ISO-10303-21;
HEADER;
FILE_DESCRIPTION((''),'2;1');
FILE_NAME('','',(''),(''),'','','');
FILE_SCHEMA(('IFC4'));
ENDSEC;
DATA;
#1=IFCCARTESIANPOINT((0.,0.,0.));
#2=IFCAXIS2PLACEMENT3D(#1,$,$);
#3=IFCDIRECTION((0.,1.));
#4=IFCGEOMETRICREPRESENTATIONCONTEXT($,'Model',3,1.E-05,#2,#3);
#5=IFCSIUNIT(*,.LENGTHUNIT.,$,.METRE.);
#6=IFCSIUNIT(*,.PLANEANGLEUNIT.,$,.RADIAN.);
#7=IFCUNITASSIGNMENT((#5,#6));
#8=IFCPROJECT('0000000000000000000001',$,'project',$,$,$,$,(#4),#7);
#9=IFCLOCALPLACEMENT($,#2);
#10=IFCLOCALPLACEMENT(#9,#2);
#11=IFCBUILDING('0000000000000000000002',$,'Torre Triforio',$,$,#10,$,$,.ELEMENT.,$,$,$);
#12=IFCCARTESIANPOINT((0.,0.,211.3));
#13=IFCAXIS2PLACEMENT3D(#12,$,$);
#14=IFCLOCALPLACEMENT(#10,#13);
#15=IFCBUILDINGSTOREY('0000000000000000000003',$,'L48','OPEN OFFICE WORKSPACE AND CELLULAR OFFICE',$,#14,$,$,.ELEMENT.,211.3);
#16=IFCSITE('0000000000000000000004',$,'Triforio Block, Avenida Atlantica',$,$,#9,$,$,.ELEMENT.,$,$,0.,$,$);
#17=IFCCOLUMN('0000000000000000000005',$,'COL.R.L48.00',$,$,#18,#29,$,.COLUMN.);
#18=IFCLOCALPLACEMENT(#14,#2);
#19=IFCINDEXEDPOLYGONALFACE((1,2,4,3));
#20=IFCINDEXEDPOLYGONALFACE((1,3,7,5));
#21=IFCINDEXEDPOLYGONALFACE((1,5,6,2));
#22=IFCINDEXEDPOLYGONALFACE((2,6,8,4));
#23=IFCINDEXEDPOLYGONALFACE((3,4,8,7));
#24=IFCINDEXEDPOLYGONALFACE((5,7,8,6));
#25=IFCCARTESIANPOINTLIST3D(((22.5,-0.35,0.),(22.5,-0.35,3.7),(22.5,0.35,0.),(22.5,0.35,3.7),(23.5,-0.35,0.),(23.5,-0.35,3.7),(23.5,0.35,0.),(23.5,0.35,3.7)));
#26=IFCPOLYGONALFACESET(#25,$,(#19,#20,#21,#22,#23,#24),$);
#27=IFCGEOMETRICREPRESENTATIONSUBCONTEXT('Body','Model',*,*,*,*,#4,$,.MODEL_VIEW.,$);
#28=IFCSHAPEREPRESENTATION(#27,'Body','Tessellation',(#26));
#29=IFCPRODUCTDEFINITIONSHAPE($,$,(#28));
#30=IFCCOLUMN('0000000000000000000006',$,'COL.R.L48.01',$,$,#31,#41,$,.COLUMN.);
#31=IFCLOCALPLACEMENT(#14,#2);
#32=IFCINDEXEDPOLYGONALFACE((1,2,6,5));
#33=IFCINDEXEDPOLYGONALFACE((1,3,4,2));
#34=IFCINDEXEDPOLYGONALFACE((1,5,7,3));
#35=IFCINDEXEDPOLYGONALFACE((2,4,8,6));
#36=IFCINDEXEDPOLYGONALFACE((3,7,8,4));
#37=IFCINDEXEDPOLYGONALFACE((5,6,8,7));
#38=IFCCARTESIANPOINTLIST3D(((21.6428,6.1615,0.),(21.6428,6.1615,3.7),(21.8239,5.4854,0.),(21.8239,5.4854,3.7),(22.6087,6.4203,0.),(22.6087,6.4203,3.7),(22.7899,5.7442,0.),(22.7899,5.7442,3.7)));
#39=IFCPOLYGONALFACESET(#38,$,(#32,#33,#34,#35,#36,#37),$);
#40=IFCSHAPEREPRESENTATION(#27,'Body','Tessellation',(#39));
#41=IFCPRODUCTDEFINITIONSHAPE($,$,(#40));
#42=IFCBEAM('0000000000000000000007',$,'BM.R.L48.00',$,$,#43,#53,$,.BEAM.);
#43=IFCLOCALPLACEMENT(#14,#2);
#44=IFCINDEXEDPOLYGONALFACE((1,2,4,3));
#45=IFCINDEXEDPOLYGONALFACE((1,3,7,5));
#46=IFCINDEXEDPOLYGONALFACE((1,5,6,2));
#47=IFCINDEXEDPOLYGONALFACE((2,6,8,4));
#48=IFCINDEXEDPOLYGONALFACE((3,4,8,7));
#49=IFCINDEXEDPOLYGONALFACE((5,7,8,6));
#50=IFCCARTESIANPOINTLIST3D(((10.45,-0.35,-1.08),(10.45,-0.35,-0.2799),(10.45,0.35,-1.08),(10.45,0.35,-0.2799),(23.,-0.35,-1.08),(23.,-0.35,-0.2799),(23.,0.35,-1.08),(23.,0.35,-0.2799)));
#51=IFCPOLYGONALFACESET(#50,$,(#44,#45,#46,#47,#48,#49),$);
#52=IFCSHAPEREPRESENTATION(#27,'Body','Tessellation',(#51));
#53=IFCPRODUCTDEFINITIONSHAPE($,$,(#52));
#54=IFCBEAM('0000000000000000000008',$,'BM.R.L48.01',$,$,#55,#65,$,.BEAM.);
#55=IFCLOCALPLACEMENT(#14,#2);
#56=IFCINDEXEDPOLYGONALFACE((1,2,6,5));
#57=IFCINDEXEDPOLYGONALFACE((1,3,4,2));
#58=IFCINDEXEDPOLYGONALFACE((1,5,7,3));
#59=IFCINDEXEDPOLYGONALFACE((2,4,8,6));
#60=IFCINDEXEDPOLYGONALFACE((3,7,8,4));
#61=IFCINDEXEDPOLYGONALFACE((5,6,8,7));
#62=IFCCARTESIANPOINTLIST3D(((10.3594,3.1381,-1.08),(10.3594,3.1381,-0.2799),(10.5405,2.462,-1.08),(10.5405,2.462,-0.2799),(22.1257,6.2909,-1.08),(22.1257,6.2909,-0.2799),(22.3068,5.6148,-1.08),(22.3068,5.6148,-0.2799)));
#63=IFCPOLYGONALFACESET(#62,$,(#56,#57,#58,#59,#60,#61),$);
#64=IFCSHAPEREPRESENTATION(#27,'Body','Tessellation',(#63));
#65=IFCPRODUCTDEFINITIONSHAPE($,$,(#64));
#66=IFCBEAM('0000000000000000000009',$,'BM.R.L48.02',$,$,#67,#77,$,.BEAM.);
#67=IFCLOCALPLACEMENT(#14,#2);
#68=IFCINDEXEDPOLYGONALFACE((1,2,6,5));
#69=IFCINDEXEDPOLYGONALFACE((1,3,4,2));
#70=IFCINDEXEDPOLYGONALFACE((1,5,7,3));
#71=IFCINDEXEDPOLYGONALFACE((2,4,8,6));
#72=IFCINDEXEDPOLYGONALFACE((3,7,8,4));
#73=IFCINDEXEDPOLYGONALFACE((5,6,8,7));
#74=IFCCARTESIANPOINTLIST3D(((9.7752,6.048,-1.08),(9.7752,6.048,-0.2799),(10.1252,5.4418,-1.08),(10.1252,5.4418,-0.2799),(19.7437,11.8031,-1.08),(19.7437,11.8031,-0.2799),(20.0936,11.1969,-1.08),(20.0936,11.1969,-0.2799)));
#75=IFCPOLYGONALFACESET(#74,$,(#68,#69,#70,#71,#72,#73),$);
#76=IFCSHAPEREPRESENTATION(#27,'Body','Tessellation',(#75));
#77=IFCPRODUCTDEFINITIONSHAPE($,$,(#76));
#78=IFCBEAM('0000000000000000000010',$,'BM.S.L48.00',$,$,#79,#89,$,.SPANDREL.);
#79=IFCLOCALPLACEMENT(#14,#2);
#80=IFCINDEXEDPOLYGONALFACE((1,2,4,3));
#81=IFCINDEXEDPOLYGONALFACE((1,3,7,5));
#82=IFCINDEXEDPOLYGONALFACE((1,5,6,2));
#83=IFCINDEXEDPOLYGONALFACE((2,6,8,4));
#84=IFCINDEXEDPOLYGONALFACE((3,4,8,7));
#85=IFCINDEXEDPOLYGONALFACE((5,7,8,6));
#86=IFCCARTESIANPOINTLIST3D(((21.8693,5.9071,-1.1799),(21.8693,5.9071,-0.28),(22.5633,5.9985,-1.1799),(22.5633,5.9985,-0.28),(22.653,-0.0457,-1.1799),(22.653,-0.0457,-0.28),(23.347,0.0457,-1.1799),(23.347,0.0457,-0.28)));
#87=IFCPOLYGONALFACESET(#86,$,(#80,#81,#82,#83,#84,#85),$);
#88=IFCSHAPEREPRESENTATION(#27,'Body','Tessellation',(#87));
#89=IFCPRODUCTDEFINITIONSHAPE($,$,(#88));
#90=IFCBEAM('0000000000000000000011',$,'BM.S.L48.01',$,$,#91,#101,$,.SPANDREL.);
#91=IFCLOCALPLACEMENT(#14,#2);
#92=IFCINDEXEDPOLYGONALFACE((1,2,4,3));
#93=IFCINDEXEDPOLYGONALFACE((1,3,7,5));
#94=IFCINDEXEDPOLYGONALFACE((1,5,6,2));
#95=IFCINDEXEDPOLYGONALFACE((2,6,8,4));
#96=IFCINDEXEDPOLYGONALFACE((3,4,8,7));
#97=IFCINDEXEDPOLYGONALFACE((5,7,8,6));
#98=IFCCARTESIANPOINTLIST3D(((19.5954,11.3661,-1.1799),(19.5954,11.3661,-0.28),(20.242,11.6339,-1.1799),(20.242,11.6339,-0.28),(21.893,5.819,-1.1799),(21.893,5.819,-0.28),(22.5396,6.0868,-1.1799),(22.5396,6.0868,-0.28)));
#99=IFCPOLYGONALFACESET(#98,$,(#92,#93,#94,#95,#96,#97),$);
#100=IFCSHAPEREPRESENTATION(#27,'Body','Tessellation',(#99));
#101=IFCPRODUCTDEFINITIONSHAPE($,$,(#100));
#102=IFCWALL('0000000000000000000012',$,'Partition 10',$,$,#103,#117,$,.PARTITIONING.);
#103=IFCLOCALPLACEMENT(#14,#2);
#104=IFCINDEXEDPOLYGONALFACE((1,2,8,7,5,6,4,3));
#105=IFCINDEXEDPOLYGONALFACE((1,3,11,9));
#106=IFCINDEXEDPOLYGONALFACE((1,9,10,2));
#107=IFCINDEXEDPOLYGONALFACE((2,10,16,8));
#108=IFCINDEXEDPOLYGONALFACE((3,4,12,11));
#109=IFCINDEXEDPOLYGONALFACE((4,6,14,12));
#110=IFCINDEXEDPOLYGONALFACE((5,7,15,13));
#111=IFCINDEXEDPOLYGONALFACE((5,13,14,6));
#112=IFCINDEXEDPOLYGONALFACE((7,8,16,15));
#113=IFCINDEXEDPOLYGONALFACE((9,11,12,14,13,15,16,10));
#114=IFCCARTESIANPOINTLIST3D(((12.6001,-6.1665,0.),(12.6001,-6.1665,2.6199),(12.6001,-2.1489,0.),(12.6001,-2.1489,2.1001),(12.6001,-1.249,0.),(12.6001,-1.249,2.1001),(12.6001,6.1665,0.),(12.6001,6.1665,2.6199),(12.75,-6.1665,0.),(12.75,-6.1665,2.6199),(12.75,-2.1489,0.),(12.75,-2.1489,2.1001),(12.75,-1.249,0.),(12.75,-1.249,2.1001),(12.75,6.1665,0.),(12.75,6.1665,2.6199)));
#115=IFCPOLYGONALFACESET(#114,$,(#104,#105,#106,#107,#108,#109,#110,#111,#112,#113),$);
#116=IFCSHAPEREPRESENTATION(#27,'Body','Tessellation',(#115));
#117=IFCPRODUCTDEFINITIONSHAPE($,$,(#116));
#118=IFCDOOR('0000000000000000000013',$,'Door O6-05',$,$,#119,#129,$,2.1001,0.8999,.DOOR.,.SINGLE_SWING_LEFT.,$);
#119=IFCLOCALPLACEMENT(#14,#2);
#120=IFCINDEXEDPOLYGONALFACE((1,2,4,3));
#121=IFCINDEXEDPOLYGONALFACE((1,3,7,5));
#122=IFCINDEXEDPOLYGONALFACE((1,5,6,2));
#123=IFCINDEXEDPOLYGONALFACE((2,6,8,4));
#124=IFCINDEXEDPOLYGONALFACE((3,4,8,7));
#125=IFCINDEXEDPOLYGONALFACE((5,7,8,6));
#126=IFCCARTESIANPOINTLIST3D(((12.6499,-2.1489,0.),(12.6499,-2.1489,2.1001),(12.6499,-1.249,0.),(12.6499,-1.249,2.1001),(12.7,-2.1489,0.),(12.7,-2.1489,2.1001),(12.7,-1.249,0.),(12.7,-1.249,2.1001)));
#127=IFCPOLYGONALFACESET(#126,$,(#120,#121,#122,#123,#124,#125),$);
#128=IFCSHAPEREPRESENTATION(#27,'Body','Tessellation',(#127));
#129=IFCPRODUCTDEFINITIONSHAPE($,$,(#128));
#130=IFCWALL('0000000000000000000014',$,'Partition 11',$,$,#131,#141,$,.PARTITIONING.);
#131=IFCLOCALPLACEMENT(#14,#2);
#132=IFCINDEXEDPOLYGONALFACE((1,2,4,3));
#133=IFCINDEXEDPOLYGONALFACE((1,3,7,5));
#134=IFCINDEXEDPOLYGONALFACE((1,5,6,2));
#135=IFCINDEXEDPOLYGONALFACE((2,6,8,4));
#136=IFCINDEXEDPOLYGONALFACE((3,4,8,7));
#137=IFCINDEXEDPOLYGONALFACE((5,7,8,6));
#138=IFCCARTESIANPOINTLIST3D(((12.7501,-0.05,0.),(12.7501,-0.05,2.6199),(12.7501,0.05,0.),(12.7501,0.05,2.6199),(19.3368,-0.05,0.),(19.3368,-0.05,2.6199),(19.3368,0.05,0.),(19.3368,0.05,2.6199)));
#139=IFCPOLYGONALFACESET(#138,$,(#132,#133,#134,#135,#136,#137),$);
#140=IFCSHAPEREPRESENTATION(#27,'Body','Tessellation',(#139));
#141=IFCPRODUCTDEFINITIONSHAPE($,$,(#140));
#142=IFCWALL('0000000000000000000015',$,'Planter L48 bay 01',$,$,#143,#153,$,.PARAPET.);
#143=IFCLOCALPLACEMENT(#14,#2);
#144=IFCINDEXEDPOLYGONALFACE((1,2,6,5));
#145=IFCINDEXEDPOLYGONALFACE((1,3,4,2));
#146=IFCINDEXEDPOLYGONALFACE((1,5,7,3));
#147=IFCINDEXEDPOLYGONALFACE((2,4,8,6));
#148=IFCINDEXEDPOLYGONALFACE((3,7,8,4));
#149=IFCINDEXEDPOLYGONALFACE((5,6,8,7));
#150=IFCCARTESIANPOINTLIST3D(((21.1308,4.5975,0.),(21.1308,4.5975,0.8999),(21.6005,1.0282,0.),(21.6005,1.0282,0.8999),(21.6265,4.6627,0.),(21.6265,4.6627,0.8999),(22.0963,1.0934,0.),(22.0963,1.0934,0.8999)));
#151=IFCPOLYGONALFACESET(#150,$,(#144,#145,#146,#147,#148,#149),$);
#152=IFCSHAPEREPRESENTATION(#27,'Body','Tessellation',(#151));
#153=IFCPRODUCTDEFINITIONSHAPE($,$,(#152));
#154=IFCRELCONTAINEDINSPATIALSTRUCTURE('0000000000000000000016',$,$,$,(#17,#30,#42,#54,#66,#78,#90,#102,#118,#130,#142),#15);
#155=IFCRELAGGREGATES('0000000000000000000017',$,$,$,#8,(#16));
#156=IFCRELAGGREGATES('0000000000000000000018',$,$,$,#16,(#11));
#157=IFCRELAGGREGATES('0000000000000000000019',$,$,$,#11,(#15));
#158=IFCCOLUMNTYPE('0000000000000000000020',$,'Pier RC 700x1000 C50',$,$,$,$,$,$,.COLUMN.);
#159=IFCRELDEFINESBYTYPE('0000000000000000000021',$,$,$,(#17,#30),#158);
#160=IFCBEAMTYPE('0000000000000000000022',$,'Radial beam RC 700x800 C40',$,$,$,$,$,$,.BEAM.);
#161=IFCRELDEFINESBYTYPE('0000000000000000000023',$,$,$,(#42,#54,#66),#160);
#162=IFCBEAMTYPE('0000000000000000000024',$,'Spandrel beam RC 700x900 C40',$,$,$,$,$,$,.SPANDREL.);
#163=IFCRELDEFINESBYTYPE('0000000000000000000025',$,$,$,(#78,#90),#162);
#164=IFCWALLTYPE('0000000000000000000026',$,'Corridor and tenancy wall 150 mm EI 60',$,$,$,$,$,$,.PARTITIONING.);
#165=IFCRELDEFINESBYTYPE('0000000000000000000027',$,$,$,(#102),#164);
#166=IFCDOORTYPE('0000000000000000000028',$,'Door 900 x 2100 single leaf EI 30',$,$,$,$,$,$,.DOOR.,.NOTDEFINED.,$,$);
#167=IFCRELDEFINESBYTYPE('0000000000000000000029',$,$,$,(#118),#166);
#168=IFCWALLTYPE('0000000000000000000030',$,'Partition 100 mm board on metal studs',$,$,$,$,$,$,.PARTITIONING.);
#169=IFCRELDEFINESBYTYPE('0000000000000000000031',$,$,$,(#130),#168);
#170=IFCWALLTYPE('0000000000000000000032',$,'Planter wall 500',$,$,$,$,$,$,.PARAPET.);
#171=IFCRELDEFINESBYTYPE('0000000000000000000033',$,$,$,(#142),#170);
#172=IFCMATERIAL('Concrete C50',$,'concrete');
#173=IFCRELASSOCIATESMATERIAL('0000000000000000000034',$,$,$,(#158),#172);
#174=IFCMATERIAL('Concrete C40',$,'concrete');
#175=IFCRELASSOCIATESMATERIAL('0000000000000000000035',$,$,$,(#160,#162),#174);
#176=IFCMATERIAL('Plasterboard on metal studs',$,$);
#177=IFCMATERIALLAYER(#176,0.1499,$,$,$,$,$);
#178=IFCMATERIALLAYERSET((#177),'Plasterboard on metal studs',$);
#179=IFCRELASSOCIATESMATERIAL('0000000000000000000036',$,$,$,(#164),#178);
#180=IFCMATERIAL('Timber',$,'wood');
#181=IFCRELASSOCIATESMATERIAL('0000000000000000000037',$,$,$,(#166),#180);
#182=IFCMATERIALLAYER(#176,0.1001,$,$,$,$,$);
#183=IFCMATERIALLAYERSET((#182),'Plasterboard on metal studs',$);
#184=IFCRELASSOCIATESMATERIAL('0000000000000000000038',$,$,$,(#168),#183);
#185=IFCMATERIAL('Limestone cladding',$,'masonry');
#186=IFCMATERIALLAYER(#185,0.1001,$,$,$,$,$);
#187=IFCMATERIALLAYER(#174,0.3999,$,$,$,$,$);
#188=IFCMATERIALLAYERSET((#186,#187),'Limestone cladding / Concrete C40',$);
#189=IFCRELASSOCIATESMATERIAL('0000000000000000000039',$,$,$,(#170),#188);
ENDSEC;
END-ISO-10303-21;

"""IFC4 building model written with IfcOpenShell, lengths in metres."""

from ifc_helpers import new_model, si_unit, direction, frame, frame_2d, origin, origin_2d, place, context, subcontext, project, spatial, rectangle, extrude, material, layer, layer_set, material_profile, profile_set, type_object, element, fill, save


model = new_model("IFC4")

# Units and contexts
model_context = context("Model", 3, precision=1e-05, world=origin(), true_north=direction((0.0, 1.0)))
body_context = subcontext(model_context, "Body", "Model", "MODEL_VIEW")
ifc_project = project(units=[si_unit("LENGTHUNIT", "METRE"), si_unit("PLANEANGLEUNIT", "RADIAN")], contexts=[model_context])

# Site, building, storey
site_placement = place(None, origin())
site = spatial("IfcSite", under=ifc_project, at=site_placement, Name="Triforio Block, Avenida Atlantica", CompositionType="ELEMENT", RefElevation=0.0)
building_placement = place(site_placement, origin())
building = spatial("IfcBuilding", under=site, at=building_placement, Name="Torre Triforio", CompositionType="ELEMENT")
storey_placement = place(building_placement, frame((0.0, 0.0, 211.3)))
storey = spatial("IfcBuildingStorey", under=building, at=storey_placement, Name="L48", Description="OPEN OFFICE WORKSPACE AND CELLULAR OFFICE", CompositionType="ELEMENT", Elevation=211.3)

# Columns
ifc_material_1 = material(Name="Concrete C50", Category="concrete")
ifc_material_profile_1 = material_profile(ifc_material_1, rectangle(XDim=0.7, YDim=1.0, at=origin_2d()), Name="RC 700x1000")
ifc_profile_set_1 = profile_set([ifc_material_profile_1], Name="Concrete C50")
column_type = type_object("IfcColumnType", Name="Pier RC 700x1000 C50", PredefinedType="COLUMN", material=ifc_profile_set_1)
for number, where, z_axis, x_axis, name in (
    (1, (23.0, 0.0, 0.0), (0.0, 0.0, 1.0), (0.0, 1.0, 0.0), "COL.R.L48.00"),
    (2, (22.2163, 5.9529, 0.0), (0.0, 0.0, 1.0), (-0.258819, 0.965926, 0.0), "COL.R.L48.01"),
):
    element("IfcColumn", number, at=place(storey_placement, frame(where, z_axis=z_axis, x_axis=x_axis)), inside=storey, type_object=column_type, Name=name, PredefinedType="COLUMN", context=body_context, shape_type="SweptSolid", body=[
        extrude(rectangle(XDim=0.7, YDim=1.0, at=origin_2d()), origin(), (0.0, 0.0, 1.0), 3.7),
    ])

# Beams
ifc_material_2 = material(Name="Concrete C40", Category="concrete")
ifc_material_profile_2 = material_profile(ifc_material_2, rectangle(XDim=0.7, YDim=0.8, at=origin_2d()), Name="RC 700x800")
ifc_profile_set_2 = profile_set([ifc_material_profile_2], Name="Concrete C40")
beam_type_1 = type_object("IfcBeamType", Name="Radial beam RC 700x800 C40", PredefinedType="BEAM", material=ifc_profile_set_2)
beam_1_placement = place(storey_placement, frame((10.45, 0.0, -0.6799), z_axis=(1.0, 0.0, 0.0), x_axis=(0.0, 1.0, 0.0)))
element("IfcBeam", 3, at=beam_1_placement, inside=storey, type_object=beam_type_1, Name="BM.R.L48.00", PredefinedType="BEAM", context=body_context, shape_type="SweptSolid", body=[
    extrude(rectangle(XDim=0.7, YDim=0.8, at=origin_2d()), origin(), (0.0, 0.0, 1.0), 12.55),
])
beam_2_placement = place(storey_placement, frame((10.45, 2.8, -0.6799), z_axis=(0.965925, 0.258823, 0.0), x_axis=(-0.258823, 0.965925, 0.0)))
element("IfcBeam", 4, at=beam_2_placement, inside=storey, type_object=beam_type_1, Name="BM.R.L48.01", PredefinedType="BEAM", context=body_context, shape_type="SweptSolid", body=[
    extrude(rectangle(XDim=0.7, YDim=0.8, at=origin_2d()), origin(), (0.0, 0.0, 1.0), 12.1814),
])
beam_3_placement = place(storey_placement, frame((9.9502, 5.7449, -0.6799), z_axis=(0.866033, 0.499987, 0.0), x_axis=(-0.499987, 0.866033, 0.0)))
element("IfcBeam", 5, at=beam_3_placement, inside=storey, type_object=beam_type_1, Name="BM.R.L48.02", PredefinedType="BEAM", context=body_context, shape_type="SweptSolid", body=[
    extrude(rectangle(XDim=0.7, YDim=0.8, at=origin_2d()), origin(), (0.0, 0.0, 1.0), 11.5105),
])
ifc_material_profile_3 = material_profile(ifc_material_2, rectangle(XDim=0.7, YDim=0.8999, at=origin_2d()), Name="RC 700x900")
ifc_profile_set_3 = profile_set([ifc_material_profile_3], Name="Concrete C40")
beam_type_2 = type_object("IfcBeamType", Name="Spandrel beam RC 700x900 C40", PredefinedType="SPANDREL", material=ifc_profile_set_3)
for number, where, z_axis, x_axis, name in (
    (6, (23.0, 0.0, -0.73), (-0.130523, 0.991445, 0.0), (-0.991445, -0.130523, 0.0), "BM.S.L48.00"),
    (7, (22.2163, 5.9529, -0.73), (-0.382671, 0.923885, 0.0), (-0.923885, -0.382671, 0.0), "BM.S.L48.01"),
):
    element("IfcBeam", number, at=place(storey_placement, frame(where, z_axis=z_axis, x_axis=x_axis)), inside=storey, type_object=beam_type_2, Name=name, PredefinedType="SPANDREL", context=body_context, shape_type="SweptSolid", body=[
        extrude(rectangle(XDim=0.7, YDim=0.8999, at=origin_2d()), origin(), (0.0, 0.0, 1.0), 6.0042),
    ])

# Wall, opening, door
ifc_material_3 = material(Name="Plasterboard on metal studs")
ifc_layer_1 = layer(ifc_material_3, 0.1499)
ifc_layer_set_1 = layer_set([ifc_layer_1], Name="Plasterboard on metal studs")
wall_type_1 = type_object("IfcWallType", Name="Corridor and tenancy wall 150 mm EI 60", PredefinedType="PARTITIONING", material=ifc_layer_set_1)
wall_1_placement = place(storey_placement, frame((12.675, 6.1665, 0.0), z_axis=(0.0, 0.0, 1.0), x_axis=(0.0, -1.0, 0.0)))
wall_1 = element("IfcWall", 8, at=wall_1_placement, inside=storey, type_object=wall_type_1, Name="Partition 10", PredefinedType="PARTITIONING", context=body_context, shape_type="SweptSolid", body=[
    extrude(rectangle(XDim=12.333, YDim=0.1499, at=frame_2d((6.1665, 0.0))), origin(), (0.0, 0.0, 1.0), 2.6199),
])
opening_1_placement = place(wall_1_placement, frame((7.4155, 0.0, 0.0)))
opening_1 = element("IfcOpeningElement", 9, at=opening_1_placement, cuts=wall_1, PredefinedType="OPENING", context=body_context, shape_type="SweptSolid", body=[
    extrude(rectangle(XDim=0.8999, YDim=2.1001, at=frame_2d((0.45, 1.05))), frame((0.0, 0.085, 0.0), z_axis=(0.0, -1.0, 0.0), x_axis=(1.0, 0.0, 0.0)), (0.0, 0.0, 1.0), 0.1699),
])
ifc_material_4 = material(Name="Timber", Category="wood")
door_type_1 = type_object("IfcDoorType", Name="Door 900 x 2100 single leaf EI 30", OperationType="NOTDEFINED", PredefinedType="DOOR", material=ifc_material_4)
door_1_placement = place(opening_1_placement, origin())
door_1 = element("IfcDoor", 10, at=door_1_placement, inside=storey, type_object=door_type_1, Name="Door O6-05", OperationType="SINGLE_SWING_LEFT", OverallHeight=2.1001, OverallWidth=0.8999, PredefinedType="DOOR", context=body_context, shape_type="SweptSolid", body=[
    extrude(rectangle(XDim=0.8999, YDim=2.1001, at=frame_2d((0.45, 1.05))), frame((0.0, 0.0249, 0.0), z_axis=(0.0, -1.0, 0.0), x_axis=(1.0, 0.0, 0.0)), (0.0, 0.0, 1.0), 0.05),
])
fill(opening_1, door_1)

# Walls
ifc_layer_2 = layer(ifc_material_3, 0.1001)
ifc_layer_set_2 = layer_set([ifc_layer_2], Name="Plasterboard on metal studs")
wall_type_2 = type_object("IfcWallType", Name="Partition 100 mm board on metal studs", PredefinedType="PARTITIONING", material=ifc_layer_set_2)
wall_2_placement = place(storey_placement, frame((12.75, 0.0, 0.0), z_axis=(0.0, 0.0, 1.0), x_axis=(1.0, 0.0, 0.0)))
element("IfcWall", 11, at=wall_2_placement, inside=storey, type_object=wall_type_2, Name="Partition 11", PredefinedType="PARTITIONING", context=body_context, shape_type="SweptSolid", body=[
    extrude(rectangle(XDim=6.5867, YDim=0.1001, at=frame_2d((3.2935, 0.0))), origin(), (0.0, 0.0, 1.0), 2.6199),
])
ifc_material_5 = material(Name="Limestone cladding", Category="masonry")
ifc_layer_3 = layer(ifc_material_5, 0.1001)
ifc_layer_4 = layer(ifc_material_2, 0.3999)
ifc_layer_set_3 = layer_set([ifc_layer_3, ifc_layer_4], Name="Limestone cladding / Concrete C40")
wall_type_3 = type_object("IfcWallType", Name="Planter wall 500", PredefinedType="PARAPET", material=ifc_layer_set_3)
wall_3_placement = place(storey_placement, frame((21.8484, 1.0608, 0.0), z_axis=(0.0, 0.0, 1.0), x_axis=(-0.130476, 0.991452, 0.0)))
element("IfcWall", 12, at=wall_3_placement, inside=storey, type_object=wall_type_3, Name="Planter L48 bay 01", PredefinedType="PARAPET", context=body_context, shape_type="SweptSolid", body=[
    extrude(rectangle(XDim=3.6001, YDim=0.5, at=frame_2d((1.8, 0.0))), origin(), (0.0, 0.0, 1.0), 0.8999),
])

save(model, "model.ifc")
